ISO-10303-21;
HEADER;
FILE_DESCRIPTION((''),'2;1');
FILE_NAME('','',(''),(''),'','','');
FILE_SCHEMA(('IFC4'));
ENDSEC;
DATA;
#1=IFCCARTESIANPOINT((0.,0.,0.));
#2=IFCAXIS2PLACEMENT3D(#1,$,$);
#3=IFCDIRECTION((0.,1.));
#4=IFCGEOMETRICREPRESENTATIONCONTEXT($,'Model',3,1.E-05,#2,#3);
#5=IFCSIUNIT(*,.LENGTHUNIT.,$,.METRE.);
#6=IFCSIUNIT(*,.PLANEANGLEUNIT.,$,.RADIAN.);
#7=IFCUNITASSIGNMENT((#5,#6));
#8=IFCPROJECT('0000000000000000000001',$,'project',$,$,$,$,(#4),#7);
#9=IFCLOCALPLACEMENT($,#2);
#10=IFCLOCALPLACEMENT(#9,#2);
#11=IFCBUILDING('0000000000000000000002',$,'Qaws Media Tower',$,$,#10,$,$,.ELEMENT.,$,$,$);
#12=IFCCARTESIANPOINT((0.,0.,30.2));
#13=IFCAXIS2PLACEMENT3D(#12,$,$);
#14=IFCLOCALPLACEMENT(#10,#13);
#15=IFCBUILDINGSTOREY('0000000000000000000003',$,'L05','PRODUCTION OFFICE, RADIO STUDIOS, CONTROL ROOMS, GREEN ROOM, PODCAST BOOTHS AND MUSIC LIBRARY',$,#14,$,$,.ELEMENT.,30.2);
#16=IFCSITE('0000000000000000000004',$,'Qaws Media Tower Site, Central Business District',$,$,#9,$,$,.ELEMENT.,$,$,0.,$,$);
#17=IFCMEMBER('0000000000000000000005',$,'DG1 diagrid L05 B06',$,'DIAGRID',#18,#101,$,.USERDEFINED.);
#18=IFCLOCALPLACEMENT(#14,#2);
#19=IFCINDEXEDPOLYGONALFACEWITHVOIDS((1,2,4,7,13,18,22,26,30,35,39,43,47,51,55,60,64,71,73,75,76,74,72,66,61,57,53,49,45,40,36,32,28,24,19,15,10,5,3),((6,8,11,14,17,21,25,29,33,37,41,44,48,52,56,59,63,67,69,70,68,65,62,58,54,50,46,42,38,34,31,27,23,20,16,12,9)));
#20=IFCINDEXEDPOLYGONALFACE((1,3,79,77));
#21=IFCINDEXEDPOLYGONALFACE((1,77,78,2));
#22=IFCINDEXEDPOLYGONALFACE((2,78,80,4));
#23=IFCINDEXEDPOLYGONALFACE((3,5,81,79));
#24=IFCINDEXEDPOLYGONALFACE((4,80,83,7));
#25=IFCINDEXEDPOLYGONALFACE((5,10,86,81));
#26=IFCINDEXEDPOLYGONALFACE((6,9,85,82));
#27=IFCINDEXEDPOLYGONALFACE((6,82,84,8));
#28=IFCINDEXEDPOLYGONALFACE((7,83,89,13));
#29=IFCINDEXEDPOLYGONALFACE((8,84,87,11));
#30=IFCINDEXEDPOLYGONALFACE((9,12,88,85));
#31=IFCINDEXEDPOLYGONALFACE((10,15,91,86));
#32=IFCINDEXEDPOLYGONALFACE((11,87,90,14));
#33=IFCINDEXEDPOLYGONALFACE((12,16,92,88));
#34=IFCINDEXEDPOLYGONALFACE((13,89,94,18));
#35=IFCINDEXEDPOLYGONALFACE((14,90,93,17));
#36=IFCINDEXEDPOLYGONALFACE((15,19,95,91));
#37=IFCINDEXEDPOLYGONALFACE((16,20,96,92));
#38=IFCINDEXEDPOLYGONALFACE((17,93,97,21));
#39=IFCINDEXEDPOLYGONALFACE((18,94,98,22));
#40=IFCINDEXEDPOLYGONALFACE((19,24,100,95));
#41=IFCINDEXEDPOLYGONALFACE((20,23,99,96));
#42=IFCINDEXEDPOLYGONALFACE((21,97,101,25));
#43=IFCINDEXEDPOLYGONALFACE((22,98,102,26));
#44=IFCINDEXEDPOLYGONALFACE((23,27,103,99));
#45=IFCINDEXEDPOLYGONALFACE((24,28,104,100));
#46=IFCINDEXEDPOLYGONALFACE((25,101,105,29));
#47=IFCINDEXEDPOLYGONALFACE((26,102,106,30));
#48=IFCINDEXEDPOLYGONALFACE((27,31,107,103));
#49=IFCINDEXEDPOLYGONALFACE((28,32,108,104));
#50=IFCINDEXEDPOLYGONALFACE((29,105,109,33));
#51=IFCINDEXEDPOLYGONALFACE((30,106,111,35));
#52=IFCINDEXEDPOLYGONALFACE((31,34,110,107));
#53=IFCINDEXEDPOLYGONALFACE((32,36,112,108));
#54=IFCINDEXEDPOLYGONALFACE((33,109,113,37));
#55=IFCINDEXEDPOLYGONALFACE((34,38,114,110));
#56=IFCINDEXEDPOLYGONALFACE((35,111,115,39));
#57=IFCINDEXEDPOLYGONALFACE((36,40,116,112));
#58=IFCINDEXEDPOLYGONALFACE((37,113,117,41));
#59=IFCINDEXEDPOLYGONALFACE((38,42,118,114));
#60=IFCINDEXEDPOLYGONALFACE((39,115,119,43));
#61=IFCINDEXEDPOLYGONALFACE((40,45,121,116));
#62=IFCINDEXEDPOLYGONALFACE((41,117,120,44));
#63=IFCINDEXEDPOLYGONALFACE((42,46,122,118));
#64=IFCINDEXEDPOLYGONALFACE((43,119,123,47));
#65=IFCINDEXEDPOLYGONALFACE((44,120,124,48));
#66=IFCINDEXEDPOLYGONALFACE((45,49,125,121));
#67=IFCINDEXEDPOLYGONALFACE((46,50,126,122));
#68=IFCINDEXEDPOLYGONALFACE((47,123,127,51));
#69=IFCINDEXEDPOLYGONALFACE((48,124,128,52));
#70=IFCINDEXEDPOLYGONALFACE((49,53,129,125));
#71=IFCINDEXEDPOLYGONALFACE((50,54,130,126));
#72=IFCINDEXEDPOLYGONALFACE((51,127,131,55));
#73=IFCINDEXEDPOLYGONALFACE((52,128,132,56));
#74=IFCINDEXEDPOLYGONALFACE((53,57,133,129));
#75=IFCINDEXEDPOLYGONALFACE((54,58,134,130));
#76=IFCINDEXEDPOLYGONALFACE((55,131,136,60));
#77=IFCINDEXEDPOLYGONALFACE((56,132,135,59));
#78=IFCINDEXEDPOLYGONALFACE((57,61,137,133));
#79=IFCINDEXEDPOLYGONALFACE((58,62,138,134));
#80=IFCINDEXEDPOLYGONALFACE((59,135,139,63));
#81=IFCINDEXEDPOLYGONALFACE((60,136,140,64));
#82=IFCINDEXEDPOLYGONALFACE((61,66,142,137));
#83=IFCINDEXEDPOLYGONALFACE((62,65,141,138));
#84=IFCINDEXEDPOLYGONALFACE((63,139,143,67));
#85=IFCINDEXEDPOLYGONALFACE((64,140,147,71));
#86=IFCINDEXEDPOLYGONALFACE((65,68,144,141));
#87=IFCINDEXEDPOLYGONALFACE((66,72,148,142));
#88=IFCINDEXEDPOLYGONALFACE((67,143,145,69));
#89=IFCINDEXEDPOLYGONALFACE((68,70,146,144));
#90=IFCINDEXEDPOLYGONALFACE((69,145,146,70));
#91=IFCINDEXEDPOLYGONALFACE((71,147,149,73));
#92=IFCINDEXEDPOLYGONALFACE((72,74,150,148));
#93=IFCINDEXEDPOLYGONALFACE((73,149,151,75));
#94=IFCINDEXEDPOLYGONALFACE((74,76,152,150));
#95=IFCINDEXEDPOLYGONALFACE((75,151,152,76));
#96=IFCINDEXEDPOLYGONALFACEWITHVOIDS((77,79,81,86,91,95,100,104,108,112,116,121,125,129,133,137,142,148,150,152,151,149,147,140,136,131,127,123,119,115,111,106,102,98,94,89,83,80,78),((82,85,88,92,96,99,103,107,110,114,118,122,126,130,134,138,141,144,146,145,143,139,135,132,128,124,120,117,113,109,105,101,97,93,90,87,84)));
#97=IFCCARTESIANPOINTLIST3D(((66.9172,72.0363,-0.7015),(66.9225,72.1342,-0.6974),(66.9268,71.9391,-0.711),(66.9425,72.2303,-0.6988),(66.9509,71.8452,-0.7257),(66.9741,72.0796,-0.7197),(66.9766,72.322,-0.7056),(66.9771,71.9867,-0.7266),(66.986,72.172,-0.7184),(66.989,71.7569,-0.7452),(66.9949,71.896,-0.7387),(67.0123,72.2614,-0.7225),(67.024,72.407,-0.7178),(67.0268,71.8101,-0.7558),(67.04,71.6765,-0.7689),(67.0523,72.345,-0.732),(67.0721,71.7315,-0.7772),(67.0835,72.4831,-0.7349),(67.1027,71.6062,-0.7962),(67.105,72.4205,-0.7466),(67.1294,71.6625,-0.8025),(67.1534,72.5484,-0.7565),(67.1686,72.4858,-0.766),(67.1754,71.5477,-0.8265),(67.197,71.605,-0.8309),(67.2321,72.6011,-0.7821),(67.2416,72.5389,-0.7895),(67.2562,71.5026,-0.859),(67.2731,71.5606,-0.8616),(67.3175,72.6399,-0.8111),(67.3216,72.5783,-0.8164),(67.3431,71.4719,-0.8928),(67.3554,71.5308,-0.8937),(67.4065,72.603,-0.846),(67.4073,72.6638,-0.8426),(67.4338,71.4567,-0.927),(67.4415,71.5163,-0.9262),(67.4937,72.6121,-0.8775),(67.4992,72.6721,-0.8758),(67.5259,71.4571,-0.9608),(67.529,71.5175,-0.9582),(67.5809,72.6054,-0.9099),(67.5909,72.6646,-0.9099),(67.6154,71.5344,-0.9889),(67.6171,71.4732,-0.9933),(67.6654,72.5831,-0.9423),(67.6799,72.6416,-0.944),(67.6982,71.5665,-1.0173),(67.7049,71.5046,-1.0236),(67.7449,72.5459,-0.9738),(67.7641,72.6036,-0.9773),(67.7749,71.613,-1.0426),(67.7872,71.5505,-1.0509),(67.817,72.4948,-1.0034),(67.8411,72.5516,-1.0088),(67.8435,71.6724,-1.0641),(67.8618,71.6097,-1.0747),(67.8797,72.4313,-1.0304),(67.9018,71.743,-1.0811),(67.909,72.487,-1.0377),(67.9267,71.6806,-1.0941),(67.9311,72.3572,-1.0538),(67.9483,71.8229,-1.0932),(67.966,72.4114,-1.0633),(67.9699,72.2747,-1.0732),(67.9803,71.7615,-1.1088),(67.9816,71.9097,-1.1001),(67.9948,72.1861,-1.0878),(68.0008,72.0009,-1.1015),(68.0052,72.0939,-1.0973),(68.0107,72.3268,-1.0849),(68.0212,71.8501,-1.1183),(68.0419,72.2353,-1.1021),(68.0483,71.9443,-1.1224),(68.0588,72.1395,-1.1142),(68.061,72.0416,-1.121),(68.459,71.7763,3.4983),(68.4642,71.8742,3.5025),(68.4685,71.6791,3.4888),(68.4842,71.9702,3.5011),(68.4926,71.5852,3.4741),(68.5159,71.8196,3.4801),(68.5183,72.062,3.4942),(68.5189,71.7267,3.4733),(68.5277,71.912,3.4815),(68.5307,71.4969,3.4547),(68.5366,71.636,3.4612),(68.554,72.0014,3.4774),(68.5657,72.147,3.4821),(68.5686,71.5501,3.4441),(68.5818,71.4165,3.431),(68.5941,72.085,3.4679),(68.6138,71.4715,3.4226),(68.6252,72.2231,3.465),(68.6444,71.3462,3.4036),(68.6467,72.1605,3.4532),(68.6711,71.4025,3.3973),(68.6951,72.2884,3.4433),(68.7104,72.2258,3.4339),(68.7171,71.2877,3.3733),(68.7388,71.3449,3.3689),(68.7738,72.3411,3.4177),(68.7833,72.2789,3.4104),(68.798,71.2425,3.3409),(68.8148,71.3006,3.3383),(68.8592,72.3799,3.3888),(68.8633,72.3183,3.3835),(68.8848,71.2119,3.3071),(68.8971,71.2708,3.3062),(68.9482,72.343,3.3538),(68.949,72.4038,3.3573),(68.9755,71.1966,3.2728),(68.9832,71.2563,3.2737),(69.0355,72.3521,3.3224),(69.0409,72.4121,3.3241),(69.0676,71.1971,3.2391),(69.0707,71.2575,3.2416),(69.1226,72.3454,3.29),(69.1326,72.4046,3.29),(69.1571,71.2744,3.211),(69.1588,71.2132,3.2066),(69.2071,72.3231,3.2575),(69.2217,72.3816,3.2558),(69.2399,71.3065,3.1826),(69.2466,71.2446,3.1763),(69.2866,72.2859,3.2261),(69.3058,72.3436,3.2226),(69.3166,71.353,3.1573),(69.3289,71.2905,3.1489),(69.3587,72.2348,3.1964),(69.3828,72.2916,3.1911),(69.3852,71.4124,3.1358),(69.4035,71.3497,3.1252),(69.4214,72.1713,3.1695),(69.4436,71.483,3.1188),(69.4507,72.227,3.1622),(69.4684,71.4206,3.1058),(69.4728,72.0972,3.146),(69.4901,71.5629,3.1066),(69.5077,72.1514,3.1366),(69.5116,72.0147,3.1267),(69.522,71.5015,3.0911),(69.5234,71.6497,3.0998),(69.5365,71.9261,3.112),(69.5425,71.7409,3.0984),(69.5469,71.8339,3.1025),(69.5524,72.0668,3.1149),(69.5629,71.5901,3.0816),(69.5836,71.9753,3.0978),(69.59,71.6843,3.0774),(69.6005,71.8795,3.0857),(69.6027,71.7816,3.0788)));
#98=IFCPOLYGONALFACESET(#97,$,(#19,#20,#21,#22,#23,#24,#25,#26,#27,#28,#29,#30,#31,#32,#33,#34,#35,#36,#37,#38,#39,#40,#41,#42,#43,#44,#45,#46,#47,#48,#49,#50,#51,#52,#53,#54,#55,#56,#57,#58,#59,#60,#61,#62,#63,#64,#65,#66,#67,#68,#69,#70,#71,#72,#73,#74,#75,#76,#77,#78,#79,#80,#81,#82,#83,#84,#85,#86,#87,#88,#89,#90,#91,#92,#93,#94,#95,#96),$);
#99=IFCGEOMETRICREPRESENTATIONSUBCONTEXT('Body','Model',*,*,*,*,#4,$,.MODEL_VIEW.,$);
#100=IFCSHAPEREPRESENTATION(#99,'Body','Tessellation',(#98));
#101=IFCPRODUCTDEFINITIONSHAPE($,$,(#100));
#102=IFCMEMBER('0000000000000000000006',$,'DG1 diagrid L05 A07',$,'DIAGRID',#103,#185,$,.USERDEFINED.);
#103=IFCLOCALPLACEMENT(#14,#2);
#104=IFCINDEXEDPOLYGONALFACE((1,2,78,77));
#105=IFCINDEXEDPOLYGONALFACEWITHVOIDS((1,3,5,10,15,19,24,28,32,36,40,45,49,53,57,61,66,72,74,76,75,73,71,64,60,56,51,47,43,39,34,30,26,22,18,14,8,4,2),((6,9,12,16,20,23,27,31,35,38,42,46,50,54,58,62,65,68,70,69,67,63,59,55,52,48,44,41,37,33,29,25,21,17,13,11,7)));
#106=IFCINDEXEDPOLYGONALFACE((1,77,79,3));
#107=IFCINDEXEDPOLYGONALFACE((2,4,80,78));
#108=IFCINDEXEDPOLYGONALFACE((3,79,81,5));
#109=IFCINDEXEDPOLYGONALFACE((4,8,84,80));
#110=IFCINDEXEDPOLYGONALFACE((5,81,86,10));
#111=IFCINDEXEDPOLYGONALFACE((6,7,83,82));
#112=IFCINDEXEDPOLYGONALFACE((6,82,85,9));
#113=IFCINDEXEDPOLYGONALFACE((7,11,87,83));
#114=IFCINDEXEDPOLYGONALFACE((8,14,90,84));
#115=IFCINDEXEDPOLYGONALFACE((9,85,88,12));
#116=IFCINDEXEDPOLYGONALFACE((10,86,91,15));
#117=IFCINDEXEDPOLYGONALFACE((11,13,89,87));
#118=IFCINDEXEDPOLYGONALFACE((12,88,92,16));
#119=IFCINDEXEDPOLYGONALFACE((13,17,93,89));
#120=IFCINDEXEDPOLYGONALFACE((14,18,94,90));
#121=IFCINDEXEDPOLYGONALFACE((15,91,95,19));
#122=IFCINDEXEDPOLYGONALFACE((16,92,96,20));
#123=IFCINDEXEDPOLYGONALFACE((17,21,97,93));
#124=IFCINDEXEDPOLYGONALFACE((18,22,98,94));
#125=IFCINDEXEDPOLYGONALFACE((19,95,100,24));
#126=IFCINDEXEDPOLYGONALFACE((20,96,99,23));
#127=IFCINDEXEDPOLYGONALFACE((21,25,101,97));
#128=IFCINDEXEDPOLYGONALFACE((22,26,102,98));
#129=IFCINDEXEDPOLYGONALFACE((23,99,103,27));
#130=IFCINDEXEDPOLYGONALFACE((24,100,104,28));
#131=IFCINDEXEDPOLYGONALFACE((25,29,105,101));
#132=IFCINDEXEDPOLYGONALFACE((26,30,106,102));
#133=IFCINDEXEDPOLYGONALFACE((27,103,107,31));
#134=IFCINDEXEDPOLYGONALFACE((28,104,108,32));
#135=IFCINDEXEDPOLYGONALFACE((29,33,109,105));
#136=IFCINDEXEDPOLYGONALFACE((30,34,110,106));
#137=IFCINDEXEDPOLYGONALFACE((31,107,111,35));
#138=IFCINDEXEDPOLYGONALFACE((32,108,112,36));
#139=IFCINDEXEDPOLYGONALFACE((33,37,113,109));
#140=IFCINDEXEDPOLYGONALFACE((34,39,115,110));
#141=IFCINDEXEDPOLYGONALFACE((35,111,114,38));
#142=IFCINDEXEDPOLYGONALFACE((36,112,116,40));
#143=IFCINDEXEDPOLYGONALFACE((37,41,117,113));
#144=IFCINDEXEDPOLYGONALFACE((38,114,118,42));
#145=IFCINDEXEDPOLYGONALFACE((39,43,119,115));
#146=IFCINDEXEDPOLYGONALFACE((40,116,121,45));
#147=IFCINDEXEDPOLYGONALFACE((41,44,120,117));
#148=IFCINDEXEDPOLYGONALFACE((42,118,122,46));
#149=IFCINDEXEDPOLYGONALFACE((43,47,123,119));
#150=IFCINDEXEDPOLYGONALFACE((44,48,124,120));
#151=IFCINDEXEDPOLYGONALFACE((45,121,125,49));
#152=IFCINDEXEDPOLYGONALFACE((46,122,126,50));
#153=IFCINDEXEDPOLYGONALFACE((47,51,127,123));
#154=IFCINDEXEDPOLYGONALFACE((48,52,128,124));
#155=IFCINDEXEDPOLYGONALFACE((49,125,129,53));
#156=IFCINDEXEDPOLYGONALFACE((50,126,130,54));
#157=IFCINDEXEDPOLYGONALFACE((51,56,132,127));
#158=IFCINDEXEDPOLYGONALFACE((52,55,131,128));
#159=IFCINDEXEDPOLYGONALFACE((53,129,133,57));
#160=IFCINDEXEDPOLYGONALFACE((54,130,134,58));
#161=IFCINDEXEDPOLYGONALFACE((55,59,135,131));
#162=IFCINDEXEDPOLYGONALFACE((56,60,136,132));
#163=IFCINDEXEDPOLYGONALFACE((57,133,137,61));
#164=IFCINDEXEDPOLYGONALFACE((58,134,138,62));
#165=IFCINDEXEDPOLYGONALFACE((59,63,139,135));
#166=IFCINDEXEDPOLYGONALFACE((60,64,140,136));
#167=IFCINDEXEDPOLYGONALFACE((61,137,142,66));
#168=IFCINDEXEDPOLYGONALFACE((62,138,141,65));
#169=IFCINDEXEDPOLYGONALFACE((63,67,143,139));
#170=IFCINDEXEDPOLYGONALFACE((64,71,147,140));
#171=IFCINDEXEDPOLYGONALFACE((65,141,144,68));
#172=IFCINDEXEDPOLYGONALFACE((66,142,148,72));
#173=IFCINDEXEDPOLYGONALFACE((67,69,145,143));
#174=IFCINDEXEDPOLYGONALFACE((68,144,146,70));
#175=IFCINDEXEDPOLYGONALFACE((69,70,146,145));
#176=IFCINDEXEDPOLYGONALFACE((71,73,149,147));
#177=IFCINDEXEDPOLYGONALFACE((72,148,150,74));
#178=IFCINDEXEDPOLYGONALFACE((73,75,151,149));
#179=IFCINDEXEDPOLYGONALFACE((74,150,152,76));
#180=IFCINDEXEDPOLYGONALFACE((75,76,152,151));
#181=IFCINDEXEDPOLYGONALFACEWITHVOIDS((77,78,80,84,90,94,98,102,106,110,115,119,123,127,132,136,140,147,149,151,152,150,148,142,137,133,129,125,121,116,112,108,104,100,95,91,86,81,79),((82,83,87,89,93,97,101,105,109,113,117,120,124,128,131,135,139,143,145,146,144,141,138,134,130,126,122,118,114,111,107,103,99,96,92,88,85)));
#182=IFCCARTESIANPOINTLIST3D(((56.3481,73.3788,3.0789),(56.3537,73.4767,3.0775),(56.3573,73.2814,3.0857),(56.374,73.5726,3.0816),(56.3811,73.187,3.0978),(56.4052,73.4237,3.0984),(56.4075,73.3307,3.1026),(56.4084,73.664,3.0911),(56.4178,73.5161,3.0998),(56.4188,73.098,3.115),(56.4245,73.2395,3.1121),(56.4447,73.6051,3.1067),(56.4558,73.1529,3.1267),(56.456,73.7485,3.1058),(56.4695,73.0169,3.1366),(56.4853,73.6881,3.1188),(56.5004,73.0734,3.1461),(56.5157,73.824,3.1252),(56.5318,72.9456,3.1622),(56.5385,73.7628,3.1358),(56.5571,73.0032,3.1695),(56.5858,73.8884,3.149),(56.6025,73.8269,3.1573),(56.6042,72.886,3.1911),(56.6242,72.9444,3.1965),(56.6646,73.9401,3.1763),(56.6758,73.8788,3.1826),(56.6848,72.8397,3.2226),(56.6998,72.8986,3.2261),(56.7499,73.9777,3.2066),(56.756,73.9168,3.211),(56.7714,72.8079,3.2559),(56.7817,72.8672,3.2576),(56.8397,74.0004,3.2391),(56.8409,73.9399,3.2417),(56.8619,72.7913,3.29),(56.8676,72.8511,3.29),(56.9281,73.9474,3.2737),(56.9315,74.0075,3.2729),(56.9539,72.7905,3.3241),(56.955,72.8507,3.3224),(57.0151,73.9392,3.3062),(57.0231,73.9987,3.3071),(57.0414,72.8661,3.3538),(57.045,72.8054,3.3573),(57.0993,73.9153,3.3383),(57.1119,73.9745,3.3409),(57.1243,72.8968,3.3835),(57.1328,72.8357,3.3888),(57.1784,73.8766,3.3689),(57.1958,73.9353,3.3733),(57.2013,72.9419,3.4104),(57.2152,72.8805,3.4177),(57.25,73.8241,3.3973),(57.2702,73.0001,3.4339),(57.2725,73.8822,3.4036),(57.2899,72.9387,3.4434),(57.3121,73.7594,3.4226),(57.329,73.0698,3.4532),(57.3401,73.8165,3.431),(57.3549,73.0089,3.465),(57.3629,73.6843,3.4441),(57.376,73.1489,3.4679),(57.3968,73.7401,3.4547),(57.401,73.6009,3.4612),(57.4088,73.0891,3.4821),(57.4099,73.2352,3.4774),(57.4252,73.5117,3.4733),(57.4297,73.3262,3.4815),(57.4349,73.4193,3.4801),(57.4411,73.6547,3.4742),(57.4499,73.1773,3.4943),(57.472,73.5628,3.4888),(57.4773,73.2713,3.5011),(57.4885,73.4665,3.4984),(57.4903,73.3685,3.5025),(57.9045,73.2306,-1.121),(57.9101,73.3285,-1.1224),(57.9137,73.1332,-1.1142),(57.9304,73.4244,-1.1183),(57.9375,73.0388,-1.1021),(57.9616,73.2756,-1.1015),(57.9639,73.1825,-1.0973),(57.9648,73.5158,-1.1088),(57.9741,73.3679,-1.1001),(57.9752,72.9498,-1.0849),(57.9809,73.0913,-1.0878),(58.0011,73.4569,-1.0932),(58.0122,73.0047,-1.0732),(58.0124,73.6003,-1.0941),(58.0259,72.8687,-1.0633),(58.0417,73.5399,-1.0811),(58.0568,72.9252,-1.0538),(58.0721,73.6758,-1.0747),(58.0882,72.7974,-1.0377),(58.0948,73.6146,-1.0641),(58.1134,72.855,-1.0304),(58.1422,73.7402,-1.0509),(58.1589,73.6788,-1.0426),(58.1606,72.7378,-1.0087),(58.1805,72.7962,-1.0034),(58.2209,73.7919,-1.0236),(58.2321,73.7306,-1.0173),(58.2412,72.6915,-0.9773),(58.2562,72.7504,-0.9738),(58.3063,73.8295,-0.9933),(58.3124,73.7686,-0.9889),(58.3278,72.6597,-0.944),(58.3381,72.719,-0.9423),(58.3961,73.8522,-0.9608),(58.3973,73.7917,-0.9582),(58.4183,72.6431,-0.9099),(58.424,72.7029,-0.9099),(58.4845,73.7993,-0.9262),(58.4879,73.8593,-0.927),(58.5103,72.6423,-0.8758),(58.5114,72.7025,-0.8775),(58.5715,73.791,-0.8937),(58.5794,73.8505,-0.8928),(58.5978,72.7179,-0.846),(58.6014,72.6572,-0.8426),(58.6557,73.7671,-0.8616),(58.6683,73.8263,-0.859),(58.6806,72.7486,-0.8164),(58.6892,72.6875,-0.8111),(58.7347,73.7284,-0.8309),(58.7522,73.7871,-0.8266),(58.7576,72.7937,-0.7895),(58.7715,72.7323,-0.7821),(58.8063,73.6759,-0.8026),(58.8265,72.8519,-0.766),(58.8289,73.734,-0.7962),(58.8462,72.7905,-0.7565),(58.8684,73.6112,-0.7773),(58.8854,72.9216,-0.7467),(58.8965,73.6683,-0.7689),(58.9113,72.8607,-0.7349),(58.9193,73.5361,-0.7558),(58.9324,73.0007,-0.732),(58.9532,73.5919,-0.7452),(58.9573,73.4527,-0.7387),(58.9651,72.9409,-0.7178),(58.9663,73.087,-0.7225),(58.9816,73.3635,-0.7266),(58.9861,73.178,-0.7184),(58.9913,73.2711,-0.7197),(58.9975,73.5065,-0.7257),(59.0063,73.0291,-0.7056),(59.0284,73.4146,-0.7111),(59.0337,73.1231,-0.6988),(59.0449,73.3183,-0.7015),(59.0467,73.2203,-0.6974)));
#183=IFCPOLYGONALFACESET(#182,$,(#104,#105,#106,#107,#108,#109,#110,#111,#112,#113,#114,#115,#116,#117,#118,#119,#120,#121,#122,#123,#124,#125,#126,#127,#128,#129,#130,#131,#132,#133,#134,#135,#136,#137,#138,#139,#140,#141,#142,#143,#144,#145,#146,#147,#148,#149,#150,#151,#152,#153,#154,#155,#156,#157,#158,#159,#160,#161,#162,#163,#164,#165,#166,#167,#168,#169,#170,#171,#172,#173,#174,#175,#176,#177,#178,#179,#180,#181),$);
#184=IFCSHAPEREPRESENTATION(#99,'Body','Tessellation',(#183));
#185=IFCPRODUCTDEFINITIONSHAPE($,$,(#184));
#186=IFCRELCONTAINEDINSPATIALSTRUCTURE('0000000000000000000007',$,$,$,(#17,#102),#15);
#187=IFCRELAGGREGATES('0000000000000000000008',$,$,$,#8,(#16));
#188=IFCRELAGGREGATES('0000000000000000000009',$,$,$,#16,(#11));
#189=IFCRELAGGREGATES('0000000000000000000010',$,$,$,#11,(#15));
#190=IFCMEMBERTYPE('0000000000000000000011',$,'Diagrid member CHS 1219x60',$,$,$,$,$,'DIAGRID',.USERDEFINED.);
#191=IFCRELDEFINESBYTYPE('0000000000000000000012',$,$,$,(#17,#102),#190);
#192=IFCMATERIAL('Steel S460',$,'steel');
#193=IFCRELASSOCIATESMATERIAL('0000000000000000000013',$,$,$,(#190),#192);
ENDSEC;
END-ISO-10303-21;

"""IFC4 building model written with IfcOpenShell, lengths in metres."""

from ifc_helpers import new_model, si_unit, direction, frame, origin, origin_2d, place, context, subcontext, project, spatial, hollow_circle, extrude, material, material_profile, profile_set, type_object, element, save


model = new_model("IFC4")

# Units and contexts
model_context = context("Model", 3, precision=1e-05, world=origin(), true_north=direction((0.0, 1.0)))
body_context = subcontext(model_context, "Body", "Model", "MODEL_VIEW")
ifc_project = project(units=[si_unit("LENGTHUNIT", "METRE"), si_unit("PLANEANGLEUNIT", "RADIAN")], contexts=[model_context])

# Site, building, storey
site_placement = place(None, origin())
site = spatial("IfcSite", under=ifc_project, at=site_placement, Name="Qaws Media Tower Site, Central Business District", CompositionType="ELEMENT", RefElevation=0.0)
building_placement = place(site_placement, origin())
building = spatial("IfcBuilding", under=site, at=building_placement, Name="Qaws Media Tower", CompositionType="ELEMENT")
storey_placement = place(building_placement, frame((0.0, 0.0, 30.2)))
storey = spatial("IfcBuildingStorey", under=building, at=storey_placement, Name="L05", Description="PRODUCTION OFFICE, RADIO STUDIOS, CONTROL ROOMS, GREEN ROOM, PODCAST BOOTHS AND MUSIC LIBRARY", CompositionType="ELEMENT", Elevation=30.2)

# Members
ifc_material_1 = material(Name="Steel S460", Category="steel")
ifc_material_profile_1 = material_profile(ifc_material_1, hollow_circle(Radius=0.6096, WallThickness=0.0601, at=origin_2d()), Name="CHS 1219x60")
ifc_profile_set_1 = profile_set([ifc_material_profile_1], Name="Steel S460")
member_type_1 = type_object("IfcMemberType", Name="Diagrid member CHS 1219x60", ElementType="DIAGRID", PredefinedType="USERDEFINED", material=ifc_profile_set_1)
for number, where, z_axis, x_axis, name in (
    (1, (67.4895, 72.0635, -0.9099), (0.344022, -0.058018, 0.937167), (0.166298, 0.986076, 0.0), "DG1 diagrid L05 B06"),
    (2, (58.4761, 73.25, -0.9099), (-0.347293, 0.033068, 0.937173), (-0.094787, -0.995498, 0.0), "DG1 diagrid L05 A07"),
):
    element("IfcMember", number, at=place(storey_placement, frame(where, z_axis=z_axis, x_axis=x_axis)), inside=storey, type_object=member_type_1, Name=name, ObjectType="DIAGRID", PredefinedType="USERDEFINED", context=body_context, shape_type="SweptSolid", body=[
        extrude(hollow_circle(Radius=0.6096, WallThickness=0.0601, at=origin_2d()), origin(), (0.0, 0.0, 1.0), 4.4814),
    ])

save(model, "model.ifc")
